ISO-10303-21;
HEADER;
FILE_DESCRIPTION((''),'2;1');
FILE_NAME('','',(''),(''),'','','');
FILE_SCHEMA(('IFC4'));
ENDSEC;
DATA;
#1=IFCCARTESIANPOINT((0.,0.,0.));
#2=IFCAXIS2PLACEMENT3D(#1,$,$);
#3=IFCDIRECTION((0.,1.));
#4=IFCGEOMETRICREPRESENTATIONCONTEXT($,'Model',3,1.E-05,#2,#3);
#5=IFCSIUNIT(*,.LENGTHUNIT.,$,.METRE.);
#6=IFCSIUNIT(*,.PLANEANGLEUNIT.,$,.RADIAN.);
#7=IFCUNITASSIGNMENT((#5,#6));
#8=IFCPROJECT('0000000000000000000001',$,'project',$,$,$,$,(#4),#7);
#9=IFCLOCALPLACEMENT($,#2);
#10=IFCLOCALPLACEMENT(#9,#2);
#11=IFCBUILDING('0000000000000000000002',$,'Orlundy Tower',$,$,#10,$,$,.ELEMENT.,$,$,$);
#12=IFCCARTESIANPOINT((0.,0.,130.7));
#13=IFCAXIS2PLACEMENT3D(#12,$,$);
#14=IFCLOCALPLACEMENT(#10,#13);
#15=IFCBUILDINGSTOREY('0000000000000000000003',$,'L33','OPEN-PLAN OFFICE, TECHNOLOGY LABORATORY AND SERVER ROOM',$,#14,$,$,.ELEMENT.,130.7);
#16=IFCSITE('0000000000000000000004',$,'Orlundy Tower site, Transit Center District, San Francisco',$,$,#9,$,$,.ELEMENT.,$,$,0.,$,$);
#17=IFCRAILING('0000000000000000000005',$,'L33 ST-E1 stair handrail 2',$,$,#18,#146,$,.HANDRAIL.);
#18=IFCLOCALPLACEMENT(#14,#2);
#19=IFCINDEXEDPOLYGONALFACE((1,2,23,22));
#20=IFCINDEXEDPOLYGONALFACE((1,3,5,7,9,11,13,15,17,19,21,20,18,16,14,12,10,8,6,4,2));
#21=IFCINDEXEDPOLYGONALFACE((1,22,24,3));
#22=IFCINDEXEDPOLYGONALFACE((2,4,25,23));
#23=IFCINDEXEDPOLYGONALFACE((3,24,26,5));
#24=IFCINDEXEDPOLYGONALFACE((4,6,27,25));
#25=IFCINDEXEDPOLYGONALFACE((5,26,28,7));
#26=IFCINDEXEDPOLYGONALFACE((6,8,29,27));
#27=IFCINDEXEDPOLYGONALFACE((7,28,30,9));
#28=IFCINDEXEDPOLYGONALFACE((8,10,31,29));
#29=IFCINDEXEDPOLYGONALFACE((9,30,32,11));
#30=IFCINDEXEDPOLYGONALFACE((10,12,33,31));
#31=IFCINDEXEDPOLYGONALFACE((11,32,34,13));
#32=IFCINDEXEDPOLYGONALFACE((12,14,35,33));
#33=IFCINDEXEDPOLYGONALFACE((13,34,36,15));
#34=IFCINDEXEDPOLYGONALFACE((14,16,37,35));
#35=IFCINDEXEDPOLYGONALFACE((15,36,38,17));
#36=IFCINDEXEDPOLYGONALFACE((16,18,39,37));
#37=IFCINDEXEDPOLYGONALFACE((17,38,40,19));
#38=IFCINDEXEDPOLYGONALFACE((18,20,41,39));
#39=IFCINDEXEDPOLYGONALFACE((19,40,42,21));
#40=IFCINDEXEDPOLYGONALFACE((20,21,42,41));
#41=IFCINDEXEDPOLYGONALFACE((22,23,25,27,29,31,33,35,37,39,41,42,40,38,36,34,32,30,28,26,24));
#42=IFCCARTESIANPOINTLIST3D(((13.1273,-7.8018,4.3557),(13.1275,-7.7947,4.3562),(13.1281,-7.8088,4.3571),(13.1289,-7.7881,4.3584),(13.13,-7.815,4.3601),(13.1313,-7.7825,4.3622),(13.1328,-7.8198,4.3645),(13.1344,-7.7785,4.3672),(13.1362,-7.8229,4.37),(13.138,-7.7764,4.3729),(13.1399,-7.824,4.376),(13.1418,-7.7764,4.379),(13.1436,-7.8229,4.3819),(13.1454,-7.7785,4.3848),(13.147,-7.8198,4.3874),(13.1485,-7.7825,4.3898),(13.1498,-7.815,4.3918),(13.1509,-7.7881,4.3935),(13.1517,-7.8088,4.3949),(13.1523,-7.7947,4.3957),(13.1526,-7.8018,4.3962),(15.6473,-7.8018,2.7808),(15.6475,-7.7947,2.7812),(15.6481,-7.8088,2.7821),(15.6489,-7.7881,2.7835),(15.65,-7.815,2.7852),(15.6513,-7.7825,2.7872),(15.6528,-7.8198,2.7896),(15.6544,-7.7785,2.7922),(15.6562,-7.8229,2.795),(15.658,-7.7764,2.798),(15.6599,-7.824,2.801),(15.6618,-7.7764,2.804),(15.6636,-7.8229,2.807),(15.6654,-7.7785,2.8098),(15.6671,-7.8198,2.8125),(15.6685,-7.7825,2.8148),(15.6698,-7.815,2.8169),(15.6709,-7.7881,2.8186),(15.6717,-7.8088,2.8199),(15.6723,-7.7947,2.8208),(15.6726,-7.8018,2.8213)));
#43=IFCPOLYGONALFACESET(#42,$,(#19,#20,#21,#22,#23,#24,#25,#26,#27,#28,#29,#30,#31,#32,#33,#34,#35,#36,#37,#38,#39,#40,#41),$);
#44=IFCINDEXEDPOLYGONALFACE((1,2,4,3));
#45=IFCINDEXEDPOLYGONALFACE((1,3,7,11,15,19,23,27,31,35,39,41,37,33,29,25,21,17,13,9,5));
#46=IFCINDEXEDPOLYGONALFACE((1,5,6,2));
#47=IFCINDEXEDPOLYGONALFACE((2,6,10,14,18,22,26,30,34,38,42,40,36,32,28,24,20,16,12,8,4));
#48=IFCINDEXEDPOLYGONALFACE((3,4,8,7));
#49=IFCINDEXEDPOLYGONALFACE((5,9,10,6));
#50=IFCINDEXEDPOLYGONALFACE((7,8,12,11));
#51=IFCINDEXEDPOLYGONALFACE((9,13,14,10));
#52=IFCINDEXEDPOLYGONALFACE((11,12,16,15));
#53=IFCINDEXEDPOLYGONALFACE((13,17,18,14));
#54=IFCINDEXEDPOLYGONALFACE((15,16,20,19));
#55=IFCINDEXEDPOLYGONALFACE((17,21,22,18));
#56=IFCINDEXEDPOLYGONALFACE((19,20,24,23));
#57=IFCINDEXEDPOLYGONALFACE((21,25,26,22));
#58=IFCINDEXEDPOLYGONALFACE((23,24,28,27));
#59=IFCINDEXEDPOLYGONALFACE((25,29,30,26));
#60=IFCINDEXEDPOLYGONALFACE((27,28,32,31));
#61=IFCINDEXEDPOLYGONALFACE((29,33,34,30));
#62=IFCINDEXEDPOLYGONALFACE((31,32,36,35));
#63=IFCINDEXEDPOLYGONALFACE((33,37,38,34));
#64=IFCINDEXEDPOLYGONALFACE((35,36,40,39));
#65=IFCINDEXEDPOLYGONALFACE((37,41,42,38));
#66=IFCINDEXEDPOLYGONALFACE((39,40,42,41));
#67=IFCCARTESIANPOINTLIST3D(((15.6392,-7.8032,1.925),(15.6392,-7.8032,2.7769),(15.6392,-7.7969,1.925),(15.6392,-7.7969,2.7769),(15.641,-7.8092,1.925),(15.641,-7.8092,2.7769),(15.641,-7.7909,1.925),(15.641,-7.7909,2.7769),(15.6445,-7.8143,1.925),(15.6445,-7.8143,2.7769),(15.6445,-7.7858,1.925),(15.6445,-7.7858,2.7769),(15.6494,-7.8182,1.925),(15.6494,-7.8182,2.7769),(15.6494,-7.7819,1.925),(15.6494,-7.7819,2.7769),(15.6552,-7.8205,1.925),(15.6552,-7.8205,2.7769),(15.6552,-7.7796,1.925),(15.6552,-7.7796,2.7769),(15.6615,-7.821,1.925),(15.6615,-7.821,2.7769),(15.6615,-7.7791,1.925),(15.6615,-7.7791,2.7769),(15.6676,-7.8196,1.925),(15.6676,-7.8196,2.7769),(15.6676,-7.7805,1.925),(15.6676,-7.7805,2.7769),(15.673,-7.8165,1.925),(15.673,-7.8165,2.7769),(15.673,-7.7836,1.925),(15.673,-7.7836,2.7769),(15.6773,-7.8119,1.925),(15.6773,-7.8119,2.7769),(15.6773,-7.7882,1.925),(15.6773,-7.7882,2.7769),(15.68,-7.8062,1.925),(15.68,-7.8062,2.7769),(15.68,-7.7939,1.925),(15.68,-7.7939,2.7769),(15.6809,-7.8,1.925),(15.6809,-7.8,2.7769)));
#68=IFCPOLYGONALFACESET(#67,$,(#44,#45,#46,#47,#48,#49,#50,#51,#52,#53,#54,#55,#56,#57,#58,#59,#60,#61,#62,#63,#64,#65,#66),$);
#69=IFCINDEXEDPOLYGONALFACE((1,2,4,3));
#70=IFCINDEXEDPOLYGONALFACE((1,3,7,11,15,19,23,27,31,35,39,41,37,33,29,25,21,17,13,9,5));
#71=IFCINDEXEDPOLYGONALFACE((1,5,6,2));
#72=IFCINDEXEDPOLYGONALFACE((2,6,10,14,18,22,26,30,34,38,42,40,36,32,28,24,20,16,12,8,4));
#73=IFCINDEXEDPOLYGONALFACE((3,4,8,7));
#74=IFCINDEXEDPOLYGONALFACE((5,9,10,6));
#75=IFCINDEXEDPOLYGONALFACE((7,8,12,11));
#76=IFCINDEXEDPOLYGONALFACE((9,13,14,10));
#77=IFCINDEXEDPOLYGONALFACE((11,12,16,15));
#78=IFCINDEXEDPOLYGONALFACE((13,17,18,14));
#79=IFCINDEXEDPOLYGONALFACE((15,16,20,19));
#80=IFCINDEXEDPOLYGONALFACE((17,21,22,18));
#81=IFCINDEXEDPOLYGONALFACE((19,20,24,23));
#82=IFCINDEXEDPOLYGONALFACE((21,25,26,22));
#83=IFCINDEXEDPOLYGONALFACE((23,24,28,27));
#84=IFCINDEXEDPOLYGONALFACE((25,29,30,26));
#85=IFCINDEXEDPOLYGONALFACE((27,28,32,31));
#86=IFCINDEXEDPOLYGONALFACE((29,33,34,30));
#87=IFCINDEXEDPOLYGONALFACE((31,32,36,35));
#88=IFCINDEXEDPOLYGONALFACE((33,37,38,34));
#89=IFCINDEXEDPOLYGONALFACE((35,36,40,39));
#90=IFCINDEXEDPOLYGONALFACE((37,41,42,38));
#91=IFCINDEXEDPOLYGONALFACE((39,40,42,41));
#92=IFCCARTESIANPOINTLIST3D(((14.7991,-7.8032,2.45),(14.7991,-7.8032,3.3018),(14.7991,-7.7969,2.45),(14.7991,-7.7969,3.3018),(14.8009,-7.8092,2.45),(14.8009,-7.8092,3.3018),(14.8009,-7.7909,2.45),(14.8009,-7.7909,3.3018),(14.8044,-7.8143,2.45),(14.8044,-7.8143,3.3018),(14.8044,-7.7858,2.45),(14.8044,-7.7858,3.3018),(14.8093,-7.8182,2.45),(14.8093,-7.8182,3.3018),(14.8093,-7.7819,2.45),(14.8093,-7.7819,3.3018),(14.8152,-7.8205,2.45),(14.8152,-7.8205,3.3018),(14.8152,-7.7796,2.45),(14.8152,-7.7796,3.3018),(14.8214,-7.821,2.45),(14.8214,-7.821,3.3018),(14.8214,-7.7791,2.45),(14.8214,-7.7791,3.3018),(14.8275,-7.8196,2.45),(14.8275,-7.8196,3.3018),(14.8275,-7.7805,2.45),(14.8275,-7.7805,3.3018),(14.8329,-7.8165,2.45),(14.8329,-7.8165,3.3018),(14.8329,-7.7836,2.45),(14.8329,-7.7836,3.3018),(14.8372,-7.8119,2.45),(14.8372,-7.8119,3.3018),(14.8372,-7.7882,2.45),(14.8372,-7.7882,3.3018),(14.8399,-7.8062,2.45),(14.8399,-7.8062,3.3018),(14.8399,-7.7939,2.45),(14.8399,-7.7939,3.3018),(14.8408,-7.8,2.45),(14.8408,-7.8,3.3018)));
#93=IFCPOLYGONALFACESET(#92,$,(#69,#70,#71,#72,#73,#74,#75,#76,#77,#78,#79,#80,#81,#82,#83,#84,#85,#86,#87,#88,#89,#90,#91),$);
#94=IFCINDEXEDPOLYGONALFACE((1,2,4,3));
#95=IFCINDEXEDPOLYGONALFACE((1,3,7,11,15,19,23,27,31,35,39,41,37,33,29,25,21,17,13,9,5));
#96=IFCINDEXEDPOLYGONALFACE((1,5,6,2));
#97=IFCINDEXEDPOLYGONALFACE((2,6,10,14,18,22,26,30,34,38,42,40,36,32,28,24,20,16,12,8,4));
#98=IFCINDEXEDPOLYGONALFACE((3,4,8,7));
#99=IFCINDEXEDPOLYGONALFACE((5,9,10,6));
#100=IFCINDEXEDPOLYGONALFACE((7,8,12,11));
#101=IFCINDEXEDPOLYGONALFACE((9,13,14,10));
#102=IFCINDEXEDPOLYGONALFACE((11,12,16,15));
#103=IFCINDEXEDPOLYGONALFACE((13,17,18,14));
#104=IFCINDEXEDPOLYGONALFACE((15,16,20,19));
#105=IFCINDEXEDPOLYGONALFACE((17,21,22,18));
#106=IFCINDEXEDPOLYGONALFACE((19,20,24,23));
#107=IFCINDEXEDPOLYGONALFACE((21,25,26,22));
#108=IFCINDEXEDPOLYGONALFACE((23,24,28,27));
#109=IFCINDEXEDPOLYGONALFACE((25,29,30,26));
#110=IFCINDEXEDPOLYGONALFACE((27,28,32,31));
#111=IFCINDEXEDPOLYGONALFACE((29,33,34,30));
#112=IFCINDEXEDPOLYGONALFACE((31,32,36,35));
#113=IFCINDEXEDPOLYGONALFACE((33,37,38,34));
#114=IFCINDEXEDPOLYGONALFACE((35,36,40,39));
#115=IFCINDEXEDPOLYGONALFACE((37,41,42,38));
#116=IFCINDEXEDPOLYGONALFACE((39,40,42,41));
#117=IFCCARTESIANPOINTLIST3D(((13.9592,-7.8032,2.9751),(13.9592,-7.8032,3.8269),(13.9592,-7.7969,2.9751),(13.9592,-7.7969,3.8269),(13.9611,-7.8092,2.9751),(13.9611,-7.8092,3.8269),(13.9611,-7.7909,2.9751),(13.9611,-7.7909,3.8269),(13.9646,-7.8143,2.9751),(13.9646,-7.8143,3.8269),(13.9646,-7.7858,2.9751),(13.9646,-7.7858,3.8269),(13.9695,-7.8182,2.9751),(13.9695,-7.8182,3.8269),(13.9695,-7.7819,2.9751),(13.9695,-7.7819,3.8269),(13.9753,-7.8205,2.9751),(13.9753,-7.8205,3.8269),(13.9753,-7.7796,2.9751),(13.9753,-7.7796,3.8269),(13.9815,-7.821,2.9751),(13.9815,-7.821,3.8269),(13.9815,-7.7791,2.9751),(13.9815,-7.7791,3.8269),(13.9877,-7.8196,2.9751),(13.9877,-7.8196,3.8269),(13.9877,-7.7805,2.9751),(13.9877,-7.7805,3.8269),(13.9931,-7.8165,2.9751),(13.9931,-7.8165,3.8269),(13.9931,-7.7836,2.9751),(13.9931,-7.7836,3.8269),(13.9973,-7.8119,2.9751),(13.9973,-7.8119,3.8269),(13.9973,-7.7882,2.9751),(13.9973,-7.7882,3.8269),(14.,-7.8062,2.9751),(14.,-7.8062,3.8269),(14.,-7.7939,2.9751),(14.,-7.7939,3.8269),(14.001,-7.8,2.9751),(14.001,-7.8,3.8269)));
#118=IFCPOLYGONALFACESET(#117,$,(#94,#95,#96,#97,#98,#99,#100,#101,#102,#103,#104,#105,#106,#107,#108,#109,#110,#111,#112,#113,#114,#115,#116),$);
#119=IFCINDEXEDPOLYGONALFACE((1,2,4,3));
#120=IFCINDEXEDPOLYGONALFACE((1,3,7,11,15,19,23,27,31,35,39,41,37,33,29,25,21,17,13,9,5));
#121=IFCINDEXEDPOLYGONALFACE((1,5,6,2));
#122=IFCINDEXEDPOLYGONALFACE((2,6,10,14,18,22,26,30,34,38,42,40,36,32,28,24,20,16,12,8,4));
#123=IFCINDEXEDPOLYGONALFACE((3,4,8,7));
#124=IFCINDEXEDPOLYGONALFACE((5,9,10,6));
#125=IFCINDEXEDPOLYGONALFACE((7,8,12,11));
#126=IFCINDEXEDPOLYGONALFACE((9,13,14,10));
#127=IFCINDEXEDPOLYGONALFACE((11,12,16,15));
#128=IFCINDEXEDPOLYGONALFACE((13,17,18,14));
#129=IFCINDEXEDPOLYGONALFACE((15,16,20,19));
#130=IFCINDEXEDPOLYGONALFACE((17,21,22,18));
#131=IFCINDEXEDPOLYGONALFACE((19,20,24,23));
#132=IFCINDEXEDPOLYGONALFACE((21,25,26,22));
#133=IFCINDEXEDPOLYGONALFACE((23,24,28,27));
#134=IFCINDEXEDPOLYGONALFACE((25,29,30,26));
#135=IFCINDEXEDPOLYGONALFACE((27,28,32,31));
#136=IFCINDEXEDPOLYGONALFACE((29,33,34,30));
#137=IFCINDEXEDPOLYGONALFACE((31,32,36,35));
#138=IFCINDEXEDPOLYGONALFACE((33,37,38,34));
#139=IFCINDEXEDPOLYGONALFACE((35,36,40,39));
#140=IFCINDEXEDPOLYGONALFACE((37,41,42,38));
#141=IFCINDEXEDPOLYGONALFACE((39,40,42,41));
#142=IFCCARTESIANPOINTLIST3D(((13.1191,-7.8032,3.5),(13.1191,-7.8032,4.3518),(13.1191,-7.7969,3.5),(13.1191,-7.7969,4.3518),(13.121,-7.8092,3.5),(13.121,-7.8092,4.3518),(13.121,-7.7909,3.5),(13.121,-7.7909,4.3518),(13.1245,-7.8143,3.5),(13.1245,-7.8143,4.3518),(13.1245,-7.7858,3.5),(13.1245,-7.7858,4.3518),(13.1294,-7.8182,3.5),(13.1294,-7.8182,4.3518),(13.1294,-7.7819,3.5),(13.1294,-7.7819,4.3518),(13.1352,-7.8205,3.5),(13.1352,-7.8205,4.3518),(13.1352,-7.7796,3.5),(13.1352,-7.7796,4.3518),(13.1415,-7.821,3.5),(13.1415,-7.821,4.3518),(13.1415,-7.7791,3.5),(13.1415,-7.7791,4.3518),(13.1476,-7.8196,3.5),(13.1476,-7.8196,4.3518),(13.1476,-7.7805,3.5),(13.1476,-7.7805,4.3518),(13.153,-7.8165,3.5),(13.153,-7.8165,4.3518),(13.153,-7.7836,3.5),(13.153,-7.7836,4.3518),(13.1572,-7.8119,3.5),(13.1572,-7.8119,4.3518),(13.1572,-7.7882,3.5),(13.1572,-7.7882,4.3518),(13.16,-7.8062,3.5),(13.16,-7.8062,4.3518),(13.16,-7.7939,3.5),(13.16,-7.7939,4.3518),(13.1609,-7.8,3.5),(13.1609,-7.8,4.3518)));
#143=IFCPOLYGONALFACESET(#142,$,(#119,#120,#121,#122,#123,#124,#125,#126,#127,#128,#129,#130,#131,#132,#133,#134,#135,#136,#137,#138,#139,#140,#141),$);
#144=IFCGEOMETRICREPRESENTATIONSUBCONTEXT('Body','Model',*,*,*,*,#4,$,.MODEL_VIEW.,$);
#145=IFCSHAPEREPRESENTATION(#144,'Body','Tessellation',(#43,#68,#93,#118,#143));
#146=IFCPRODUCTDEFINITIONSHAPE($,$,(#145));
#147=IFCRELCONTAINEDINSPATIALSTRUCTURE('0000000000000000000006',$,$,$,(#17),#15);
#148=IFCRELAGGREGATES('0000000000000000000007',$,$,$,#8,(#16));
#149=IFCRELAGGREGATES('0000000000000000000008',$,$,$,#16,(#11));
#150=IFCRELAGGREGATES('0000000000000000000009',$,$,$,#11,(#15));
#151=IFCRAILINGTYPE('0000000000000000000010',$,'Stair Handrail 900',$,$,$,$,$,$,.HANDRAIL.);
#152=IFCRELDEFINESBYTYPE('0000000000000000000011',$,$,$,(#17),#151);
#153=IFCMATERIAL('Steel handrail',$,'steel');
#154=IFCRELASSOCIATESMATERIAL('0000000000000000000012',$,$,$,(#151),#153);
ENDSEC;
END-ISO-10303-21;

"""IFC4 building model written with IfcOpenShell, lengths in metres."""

from ifc_helpers import new_model, si_unit, direction, frame, origin, origin_2d, place, context, subcontext, project, spatial, circle, extrude, material, type_object, element, save


model = new_model("IFC4")

# Units and contexts
model_context = context("Model", 3, precision=1e-05, world=origin(), true_north=direction((0.0, 1.0)))
body_context = subcontext(model_context, "Body", "Model", "MODEL_VIEW")
ifc_project = project(units=[si_unit("LENGTHUNIT", "METRE"), si_unit("PLANEANGLEUNIT", "RADIAN")], contexts=[model_context])

# Site, building, storey
site_placement = place(None, origin())
site = spatial("IfcSite", under=ifc_project, at=site_placement, Name="Orlundy Tower site, Transit Center District, San Francisco", CompositionType="ELEMENT", RefElevation=0.0)
building_placement = place(site_placement, origin())
building = spatial("IfcBuilding", under=site, at=building_placement, Name="Orlundy Tower", CompositionType="ELEMENT")
storey_placement = place(building_placement, frame((0.0, 0.0, 130.7)))
storey = spatial("IfcBuildingStorey", under=building, at=storey_placement, Name="L33", Description="OPEN-PLAN OFFICE, TECHNOLOGY LABORATORY AND SERVER ROOM", CompositionType="ELEMENT", Elevation=130.7)

# Railing
ifc_material_1 = material(Name="Steel handrail", Category="steel")
railing_type_1 = type_object("IfcRailingType", Name="Stair Handrail 900", PredefinedType="HANDRAIL", material=ifc_material_1)
railing_1_placement = place(storey_placement, frame((15.6599, -7.8, 1.925)))
element("IfcRailing", 1, at=railing_1_placement, inside=storey, type_object=railing_type_1, Name="L33 ST-E1 stair handrail 2", PredefinedType="HANDRAIL", context=body_context, shape_type="SweptSolid", body=[
    extrude(circle(Radius=0.0239, at=origin_2d()), frame((0.0, 0.0, 0.876), z_axis=(-0.848008, 0.0, 0.529984), x_axis=(0.0, -1.0, 0.0)), (0.0, 0.0, 1.0), 2.9717),
    extrude(circle(Radius=0.021, at=origin_2d()), origin(), (0.0, 0.0, 1.0), 0.8518),
    extrude(circle(Radius=0.021, at=origin_2d()), frame((-0.8401, 0.0, 0.5249)), (0.0, 0.0, 1.0), 0.8518),
    extrude(circle(Radius=0.021, at=origin_2d()), frame((-1.6799, 0.0, 1.05)), (0.0, 0.0, 1.0), 0.8518),
    extrude(circle(Radius=0.021, at=origin_2d()), frame((-2.52, 0.0, 1.575)), (0.0, 0.0, 1.0), 0.8518),
])

save(model, "model.ifc")
